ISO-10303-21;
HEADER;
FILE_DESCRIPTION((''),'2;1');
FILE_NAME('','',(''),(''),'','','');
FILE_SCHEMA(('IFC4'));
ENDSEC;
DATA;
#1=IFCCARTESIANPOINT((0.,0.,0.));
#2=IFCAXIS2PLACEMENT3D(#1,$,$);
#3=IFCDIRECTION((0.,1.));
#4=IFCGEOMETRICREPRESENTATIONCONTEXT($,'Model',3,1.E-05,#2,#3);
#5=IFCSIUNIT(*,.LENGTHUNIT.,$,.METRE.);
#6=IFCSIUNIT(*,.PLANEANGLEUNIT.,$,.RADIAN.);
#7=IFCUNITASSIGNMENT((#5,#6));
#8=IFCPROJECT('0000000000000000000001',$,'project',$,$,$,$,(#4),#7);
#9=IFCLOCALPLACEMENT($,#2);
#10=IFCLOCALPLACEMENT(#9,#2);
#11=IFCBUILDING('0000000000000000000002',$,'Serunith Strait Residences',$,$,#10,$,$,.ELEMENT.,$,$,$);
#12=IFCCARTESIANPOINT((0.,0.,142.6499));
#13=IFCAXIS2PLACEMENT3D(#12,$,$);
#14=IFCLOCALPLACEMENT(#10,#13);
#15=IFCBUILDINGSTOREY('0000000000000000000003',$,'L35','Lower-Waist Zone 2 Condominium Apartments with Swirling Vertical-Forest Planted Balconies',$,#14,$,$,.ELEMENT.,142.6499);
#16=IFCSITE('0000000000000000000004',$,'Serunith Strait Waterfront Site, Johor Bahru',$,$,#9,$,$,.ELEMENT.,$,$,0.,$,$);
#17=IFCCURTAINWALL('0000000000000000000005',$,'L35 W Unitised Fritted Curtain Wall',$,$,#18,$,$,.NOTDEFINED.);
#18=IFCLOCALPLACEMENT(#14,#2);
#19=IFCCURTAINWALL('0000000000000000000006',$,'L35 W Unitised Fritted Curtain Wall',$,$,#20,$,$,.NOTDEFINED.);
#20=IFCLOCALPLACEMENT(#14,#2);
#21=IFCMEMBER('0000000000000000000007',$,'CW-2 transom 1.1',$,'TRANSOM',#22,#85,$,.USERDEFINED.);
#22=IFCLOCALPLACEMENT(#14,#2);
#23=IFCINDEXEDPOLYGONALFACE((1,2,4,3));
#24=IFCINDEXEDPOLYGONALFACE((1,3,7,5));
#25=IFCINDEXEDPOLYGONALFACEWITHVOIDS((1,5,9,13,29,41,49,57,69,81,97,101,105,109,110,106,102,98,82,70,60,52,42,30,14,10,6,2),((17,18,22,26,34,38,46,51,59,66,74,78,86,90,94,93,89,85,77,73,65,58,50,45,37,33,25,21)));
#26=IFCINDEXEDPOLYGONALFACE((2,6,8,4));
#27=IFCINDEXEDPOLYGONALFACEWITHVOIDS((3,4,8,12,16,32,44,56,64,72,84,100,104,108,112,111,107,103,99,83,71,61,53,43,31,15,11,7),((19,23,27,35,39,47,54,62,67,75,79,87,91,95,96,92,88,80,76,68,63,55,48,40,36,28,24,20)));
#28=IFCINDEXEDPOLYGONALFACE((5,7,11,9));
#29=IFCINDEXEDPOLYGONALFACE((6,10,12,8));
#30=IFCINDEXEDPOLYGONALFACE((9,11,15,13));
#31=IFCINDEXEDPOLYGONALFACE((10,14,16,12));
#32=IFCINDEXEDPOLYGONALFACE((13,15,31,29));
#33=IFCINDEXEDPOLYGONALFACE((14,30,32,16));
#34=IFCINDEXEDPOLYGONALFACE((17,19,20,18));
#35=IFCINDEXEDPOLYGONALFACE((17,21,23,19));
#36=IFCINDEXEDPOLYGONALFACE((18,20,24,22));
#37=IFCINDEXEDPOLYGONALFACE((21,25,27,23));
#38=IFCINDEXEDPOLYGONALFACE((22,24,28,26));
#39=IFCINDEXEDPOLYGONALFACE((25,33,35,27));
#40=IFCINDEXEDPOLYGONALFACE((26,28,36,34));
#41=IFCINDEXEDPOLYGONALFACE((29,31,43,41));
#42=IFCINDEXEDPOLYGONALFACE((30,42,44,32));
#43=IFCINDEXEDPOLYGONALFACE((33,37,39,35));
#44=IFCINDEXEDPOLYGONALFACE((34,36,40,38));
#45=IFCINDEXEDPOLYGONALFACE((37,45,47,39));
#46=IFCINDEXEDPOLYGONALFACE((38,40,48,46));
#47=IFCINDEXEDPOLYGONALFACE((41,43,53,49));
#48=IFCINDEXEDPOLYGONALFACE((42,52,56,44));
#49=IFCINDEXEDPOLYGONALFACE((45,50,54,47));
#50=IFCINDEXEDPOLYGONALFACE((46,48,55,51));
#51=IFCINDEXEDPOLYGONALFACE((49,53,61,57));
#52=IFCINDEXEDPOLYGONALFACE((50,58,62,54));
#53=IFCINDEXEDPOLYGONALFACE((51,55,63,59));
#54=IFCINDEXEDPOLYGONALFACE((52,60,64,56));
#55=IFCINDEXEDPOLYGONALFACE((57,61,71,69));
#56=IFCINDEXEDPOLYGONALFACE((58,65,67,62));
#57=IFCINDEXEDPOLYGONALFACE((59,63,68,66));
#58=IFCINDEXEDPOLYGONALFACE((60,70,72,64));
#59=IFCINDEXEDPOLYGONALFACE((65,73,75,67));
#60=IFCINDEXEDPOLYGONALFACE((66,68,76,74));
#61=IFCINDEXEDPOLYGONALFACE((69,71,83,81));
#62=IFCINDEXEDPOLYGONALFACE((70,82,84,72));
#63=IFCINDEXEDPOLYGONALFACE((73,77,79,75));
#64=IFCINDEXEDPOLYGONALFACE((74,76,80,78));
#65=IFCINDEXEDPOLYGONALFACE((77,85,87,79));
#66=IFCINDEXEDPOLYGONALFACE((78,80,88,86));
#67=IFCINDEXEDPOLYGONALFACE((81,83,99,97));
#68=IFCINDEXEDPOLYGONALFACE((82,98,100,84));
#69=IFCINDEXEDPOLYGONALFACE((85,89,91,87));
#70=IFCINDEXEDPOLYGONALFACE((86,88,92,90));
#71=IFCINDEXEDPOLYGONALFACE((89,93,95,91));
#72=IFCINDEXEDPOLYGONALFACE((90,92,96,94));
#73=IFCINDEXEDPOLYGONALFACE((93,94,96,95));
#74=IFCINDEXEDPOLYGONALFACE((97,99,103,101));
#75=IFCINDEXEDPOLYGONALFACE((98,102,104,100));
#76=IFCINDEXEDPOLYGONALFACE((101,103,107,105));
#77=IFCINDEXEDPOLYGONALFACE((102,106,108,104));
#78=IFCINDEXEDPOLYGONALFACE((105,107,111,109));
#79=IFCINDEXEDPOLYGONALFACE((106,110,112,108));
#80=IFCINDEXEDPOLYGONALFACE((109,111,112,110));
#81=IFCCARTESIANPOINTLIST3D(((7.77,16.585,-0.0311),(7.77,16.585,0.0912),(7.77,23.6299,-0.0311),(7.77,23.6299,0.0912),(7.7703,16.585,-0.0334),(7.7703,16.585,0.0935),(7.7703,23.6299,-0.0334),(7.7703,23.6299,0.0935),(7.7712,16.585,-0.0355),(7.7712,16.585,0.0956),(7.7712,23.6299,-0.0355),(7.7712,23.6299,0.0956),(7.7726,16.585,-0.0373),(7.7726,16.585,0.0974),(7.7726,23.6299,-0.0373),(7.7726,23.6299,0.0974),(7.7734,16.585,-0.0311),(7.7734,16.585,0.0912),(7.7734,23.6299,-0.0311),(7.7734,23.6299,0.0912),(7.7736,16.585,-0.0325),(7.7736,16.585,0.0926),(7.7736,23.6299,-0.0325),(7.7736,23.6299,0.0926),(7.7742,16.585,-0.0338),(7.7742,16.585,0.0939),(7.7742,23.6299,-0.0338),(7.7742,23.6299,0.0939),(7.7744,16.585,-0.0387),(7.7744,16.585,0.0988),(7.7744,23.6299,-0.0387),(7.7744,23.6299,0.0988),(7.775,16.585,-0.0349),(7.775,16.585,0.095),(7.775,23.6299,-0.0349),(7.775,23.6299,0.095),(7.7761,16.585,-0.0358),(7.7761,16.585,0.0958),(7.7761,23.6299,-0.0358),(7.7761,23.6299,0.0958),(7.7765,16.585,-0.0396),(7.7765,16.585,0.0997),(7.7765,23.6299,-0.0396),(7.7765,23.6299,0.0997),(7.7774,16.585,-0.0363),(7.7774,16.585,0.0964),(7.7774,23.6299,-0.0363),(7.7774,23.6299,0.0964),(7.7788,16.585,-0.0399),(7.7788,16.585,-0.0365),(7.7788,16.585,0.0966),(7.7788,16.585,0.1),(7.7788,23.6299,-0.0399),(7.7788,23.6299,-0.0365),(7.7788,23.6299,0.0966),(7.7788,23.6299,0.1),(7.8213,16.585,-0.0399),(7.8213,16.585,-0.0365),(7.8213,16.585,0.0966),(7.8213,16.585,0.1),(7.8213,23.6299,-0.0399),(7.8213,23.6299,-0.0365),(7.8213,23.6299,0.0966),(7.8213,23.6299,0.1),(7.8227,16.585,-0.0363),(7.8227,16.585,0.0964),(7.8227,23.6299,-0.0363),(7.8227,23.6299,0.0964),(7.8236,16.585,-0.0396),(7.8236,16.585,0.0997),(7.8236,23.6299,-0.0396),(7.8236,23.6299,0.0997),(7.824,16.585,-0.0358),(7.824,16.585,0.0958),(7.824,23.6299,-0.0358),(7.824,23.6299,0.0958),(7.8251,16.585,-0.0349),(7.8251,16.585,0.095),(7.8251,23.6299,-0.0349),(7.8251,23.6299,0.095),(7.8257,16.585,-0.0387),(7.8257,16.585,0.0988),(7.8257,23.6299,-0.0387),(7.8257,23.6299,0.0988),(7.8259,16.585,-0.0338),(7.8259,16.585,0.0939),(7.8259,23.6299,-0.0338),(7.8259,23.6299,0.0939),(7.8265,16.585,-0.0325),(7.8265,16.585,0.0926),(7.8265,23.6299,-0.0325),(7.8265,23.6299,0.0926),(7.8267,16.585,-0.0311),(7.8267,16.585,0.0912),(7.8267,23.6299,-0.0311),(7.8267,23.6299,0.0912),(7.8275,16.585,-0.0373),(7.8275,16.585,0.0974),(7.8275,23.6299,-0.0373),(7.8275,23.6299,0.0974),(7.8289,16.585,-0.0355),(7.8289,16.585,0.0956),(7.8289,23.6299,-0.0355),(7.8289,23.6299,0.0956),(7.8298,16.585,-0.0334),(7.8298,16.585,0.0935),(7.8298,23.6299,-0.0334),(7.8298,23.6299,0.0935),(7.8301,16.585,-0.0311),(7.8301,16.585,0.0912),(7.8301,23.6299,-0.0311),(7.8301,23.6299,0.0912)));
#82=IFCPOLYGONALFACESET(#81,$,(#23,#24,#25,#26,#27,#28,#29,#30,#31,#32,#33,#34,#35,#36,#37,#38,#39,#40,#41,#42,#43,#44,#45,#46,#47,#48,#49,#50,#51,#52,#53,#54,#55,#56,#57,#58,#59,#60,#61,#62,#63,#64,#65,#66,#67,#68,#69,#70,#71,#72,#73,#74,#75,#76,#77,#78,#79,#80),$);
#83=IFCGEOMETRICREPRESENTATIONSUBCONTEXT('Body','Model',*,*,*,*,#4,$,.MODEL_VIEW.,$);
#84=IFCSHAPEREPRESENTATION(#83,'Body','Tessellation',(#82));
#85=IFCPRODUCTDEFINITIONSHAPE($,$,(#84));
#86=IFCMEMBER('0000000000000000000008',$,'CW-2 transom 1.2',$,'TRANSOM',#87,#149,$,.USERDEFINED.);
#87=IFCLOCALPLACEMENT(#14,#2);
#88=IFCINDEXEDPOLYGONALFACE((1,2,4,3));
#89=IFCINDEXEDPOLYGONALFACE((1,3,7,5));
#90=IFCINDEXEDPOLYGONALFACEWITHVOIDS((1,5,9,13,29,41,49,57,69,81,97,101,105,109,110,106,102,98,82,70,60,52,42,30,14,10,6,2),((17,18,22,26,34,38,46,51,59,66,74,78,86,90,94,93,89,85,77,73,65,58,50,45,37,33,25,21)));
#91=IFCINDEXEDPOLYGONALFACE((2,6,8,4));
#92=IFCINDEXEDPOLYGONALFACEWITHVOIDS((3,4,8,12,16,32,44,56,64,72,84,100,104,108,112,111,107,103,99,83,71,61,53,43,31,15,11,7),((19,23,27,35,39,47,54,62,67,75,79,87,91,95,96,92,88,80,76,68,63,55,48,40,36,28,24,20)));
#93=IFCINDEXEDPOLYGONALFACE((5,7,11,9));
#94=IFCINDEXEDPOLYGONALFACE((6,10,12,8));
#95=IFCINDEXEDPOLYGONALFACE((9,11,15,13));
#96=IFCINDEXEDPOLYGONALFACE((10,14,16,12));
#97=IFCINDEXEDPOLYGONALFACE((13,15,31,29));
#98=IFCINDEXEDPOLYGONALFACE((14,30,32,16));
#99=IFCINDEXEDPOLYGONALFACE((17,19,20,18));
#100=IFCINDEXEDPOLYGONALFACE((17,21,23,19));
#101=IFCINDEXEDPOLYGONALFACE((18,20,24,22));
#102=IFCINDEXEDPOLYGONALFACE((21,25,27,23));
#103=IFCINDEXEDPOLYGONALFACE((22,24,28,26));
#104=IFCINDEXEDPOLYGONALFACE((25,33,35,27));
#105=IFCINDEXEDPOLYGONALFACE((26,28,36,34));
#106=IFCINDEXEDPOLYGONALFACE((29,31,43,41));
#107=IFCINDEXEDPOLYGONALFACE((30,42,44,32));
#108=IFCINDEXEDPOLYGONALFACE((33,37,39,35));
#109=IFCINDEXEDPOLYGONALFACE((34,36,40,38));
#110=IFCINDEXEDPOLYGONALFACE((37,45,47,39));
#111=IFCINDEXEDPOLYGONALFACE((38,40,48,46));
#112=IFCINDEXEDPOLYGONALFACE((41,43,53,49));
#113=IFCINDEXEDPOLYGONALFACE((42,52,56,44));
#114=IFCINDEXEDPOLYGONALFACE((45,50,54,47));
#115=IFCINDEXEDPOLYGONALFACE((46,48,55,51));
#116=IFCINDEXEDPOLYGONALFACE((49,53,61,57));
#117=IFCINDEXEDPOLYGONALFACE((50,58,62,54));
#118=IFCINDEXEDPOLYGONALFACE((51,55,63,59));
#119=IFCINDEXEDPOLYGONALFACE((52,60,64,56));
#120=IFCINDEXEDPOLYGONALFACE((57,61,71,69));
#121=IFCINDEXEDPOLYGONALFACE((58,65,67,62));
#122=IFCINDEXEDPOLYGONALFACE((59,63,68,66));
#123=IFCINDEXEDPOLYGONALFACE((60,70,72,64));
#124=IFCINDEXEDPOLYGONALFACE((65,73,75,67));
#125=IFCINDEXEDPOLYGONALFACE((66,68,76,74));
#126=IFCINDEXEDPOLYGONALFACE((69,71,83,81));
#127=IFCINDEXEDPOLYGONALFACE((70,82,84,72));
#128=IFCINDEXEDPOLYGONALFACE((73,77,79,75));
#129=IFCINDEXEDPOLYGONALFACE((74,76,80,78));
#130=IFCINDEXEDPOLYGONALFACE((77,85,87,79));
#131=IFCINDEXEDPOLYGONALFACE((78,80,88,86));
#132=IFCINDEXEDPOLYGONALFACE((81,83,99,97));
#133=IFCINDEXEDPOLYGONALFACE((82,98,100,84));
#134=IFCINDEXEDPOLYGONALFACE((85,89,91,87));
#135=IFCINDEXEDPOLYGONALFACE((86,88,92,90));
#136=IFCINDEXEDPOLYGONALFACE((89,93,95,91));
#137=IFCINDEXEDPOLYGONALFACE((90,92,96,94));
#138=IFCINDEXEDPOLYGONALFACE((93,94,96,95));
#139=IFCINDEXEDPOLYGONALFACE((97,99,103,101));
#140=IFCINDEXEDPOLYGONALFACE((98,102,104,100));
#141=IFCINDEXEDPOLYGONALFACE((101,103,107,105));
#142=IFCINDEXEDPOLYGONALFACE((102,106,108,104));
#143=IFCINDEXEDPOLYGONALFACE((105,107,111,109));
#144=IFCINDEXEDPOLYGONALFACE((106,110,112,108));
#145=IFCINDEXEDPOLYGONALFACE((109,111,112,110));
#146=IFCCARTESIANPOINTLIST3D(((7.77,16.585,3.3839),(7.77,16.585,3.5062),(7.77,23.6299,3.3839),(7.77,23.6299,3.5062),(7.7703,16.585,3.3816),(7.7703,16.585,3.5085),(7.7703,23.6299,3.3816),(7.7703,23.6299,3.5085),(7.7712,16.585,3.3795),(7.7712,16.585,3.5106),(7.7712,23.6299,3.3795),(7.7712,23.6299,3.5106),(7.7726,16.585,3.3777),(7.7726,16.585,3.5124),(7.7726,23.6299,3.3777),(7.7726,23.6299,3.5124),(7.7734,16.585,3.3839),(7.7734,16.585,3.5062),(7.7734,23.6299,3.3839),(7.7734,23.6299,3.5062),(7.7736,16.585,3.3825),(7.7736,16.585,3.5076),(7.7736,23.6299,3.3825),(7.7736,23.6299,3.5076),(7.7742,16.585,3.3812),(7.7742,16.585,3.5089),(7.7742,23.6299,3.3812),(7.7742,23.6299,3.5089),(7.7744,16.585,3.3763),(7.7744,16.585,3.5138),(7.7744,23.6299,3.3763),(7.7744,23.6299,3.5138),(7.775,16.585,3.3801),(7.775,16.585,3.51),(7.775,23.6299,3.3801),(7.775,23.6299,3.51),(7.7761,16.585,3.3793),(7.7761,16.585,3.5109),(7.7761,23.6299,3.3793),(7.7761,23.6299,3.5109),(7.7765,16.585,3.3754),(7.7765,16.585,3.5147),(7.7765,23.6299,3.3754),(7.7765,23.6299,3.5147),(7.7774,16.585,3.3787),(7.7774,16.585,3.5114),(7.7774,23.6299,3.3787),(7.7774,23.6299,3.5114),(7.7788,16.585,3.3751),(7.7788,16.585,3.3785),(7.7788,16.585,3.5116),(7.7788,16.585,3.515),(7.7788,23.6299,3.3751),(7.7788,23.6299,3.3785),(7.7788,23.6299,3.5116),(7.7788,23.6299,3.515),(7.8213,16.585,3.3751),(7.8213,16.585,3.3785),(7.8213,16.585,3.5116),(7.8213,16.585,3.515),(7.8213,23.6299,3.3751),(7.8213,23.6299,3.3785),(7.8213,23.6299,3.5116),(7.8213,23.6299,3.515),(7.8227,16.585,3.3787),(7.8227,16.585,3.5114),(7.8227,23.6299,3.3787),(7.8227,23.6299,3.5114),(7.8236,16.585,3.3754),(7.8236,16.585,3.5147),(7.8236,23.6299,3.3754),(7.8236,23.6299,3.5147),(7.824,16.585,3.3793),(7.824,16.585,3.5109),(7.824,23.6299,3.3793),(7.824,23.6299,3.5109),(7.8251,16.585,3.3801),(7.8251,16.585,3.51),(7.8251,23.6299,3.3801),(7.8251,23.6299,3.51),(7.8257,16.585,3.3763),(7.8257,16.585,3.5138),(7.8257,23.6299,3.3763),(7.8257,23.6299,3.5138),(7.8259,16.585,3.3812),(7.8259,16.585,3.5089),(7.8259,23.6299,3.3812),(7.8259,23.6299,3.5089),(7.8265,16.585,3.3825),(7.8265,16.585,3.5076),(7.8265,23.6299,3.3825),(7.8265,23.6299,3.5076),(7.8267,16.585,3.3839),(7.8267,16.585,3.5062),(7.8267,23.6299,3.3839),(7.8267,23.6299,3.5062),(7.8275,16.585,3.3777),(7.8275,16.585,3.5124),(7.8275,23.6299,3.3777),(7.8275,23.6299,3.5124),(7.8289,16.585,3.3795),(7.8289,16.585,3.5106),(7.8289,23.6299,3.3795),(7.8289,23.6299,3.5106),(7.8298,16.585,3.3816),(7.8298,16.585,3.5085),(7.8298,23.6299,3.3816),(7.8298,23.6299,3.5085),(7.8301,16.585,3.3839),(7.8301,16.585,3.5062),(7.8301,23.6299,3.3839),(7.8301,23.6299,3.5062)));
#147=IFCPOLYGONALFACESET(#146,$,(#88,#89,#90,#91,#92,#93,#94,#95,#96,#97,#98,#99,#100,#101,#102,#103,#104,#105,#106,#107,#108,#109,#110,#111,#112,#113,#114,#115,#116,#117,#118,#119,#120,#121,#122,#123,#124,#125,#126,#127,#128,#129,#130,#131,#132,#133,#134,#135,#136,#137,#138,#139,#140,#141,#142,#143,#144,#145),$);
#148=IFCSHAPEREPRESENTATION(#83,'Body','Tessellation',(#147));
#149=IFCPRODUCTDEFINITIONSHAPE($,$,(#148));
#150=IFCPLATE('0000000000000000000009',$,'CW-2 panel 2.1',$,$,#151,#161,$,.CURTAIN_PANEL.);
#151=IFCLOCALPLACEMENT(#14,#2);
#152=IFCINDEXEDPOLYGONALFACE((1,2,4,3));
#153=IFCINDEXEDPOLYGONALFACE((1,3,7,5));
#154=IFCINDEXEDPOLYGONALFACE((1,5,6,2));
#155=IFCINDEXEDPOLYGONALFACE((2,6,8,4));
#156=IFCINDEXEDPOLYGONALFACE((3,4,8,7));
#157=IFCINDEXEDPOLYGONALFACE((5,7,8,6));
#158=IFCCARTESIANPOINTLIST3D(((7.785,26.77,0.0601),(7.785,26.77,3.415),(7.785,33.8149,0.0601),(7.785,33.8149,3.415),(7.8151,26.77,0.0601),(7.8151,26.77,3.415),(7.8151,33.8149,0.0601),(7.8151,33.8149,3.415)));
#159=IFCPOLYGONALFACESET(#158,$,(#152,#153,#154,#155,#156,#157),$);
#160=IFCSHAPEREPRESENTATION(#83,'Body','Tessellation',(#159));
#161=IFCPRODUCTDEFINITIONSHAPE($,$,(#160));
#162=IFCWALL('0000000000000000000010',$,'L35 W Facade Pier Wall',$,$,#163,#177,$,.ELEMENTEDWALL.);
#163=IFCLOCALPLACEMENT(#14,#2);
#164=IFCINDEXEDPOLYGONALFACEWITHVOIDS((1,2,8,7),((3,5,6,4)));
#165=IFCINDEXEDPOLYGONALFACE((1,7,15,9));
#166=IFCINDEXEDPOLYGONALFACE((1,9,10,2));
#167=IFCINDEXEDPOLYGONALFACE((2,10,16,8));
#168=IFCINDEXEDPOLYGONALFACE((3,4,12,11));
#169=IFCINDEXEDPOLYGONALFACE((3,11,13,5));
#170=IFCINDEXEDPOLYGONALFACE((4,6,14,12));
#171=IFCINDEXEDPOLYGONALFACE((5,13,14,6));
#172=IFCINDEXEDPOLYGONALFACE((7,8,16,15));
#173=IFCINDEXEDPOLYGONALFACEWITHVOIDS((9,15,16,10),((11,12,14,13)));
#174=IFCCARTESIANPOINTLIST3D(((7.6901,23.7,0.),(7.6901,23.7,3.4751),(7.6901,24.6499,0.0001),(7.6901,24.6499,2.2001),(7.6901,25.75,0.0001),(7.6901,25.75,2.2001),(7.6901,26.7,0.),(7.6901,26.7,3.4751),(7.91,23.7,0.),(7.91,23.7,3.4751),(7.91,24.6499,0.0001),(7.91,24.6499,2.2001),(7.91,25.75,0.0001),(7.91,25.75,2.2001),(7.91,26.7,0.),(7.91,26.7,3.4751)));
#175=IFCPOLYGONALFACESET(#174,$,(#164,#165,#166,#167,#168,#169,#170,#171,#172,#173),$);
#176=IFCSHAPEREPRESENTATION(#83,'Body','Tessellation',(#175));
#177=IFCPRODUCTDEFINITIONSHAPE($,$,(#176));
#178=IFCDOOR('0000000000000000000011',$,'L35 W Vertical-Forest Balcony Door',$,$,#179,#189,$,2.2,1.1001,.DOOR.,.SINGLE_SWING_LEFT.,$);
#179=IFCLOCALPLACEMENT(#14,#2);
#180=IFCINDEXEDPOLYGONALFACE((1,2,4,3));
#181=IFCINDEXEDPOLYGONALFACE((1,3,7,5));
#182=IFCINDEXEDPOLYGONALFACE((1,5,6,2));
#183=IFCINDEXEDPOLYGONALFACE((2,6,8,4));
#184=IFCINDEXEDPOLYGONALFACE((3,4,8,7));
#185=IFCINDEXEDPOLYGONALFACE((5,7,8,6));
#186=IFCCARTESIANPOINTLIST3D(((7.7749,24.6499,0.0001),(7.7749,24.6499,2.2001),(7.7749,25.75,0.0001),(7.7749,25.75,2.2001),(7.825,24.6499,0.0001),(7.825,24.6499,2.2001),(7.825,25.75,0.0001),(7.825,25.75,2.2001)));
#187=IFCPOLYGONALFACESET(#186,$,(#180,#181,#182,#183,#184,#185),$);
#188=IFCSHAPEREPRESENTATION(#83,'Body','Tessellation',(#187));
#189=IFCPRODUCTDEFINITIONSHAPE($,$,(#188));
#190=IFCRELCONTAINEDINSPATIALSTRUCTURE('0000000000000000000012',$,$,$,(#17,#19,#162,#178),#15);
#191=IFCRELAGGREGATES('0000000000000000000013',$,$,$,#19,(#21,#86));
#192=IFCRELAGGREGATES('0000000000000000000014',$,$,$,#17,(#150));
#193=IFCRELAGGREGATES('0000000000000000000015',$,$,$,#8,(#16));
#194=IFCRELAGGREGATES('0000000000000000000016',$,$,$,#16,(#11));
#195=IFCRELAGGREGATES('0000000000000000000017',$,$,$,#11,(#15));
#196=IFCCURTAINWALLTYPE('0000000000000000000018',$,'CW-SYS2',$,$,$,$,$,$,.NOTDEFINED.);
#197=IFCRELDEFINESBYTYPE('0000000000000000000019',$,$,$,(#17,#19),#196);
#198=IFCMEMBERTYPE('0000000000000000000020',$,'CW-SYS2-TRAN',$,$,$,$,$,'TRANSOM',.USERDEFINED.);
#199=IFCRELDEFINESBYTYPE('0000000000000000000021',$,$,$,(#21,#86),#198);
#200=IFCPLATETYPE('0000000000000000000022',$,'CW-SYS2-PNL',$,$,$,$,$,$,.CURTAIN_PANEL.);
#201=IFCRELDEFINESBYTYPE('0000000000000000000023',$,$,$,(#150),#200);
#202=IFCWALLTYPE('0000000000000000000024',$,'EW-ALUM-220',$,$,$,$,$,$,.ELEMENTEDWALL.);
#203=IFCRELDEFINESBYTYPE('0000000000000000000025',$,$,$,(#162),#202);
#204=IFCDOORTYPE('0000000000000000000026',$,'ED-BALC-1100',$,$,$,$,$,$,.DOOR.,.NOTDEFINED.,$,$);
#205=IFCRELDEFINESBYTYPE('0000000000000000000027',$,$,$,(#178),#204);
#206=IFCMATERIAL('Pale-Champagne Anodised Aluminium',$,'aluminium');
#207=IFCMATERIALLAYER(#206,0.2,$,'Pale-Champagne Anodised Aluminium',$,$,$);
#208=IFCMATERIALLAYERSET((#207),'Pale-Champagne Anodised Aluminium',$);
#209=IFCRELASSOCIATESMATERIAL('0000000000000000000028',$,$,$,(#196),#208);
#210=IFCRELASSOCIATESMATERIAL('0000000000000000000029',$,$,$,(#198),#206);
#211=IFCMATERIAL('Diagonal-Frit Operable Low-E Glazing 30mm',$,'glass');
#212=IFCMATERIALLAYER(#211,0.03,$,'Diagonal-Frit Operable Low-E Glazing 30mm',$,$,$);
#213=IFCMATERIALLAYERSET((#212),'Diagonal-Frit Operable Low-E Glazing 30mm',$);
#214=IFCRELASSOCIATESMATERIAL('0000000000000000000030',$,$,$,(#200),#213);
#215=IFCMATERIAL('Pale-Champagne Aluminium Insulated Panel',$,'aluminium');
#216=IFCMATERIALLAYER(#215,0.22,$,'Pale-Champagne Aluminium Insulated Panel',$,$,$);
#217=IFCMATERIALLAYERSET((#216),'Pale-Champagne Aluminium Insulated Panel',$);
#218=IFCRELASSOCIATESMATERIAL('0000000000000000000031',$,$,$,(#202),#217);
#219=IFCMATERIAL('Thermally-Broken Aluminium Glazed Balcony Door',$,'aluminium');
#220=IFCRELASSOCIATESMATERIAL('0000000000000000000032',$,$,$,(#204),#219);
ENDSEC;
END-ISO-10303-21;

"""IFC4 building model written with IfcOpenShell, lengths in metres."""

from ifc_helpers import new_model, si_unit, direction, frame, frame_2d, origin, origin_2d, place, context, subcontext, project, spatial, rectangle, hollow_rectangle, extrude, source, transform, mapped, material, layer, layer_set, material_profile, profile_set, type_object, element, fill, aggregate, save


model = new_model("IFC4")

# Units and contexts
model_context = context("Model", 3, precision=1e-05, world=origin(), true_north=direction((0.0, 1.0)))
body_context = subcontext(model_context, "Body", "Model", "MODEL_VIEW")
ifc_project = project(units=[si_unit("LENGTHUNIT", "METRE"), si_unit("PLANEANGLEUNIT", "RADIAN")], contexts=[model_context])

# Site, building, storey
site_placement = place(None, origin())
site = spatial("IfcSite", under=ifc_project, at=site_placement, Name="Serunith Strait Waterfront Site, Johor Bahru", CompositionType="ELEMENT", RefElevation=0.0)
building_placement = place(site_placement, origin())
building = spatial("IfcBuilding", under=site, at=building_placement, Name="Serunith Strait Residences", CompositionType="ELEMENT")
storey_placement = place(building_placement, frame((0.0, 0.0, 142.6499)))
storey = spatial("IfcBuildingStorey", under=building, at=storey_placement, Name="L35", Description="Lower-Waist Zone 2 Condominium Apartments with Swirling Vertical-Forest Planted Balconies", CompositionType="ELEMENT", Elevation=142.6499)

# Curtain walls
ifc_material_1 = material(Name="Pale-Champagne Anodised Aluminium", Category="aluminium")
ifc_layer_1 = layer(ifc_material_1, 0.2, Name="Pale-Champagne Anodised Aluminium")
ifc_layer_set_1 = layer_set([ifc_layer_1], Name="Pale-Champagne Anodised Aluminium")
curtain_wall_type = type_object("IfcCurtainWallType", Name="CW-SYS2", PredefinedType="NOTDEFINED", material=ifc_layer_set_1)
curtain_wall_1_placement = place(storey_placement, origin())
curtain_wall_1 = element("IfcCurtainWall", 1, at=curtain_wall_1_placement, inside=storey, type_object=curtain_wall_type, Name="L35 W Unitised Fritted Curtain Wall", PredefinedType="NOTDEFINED")
curtain_wall_2_placement = place(storey_placement, origin())
curtain_wall_2 = element("IfcCurtainWall", 2, at=curtain_wall_2_placement, inside=storey, type_object=curtain_wall_type, Name="L35 W Unitised Fritted Curtain Wall", PredefinedType="NOTDEFINED")

# Members
ifc_material_profile_1 = material_profile(ifc_material_1, hollow_rectangle(XDim=0.0601, YDim=0.1399, WallThickness=0.0034, InnerFilletRadius=0.0054, OuterFilletRadius=0.0088, at=origin_2d()), Name="ALU 140x60x3.5")
ifc_profile_set_1 = profile_set([ifc_material_profile_1], Name="Pale-Champagne Anodised Aluminium")
member_type_1 = type_object("IfcMemberType", Name="CW-SYS2-TRAN", ElementType="TRANSOM", PredefinedType="USERDEFINED", material=ifc_profile_set_1)
shared_shape_1 = source(origin(), body_context, "Body", "SweptSolid", [
    extrude(hollow_rectangle(XDim=0.0601, YDim=0.1399, WallThickness=0.0034, InnerFilletRadius=0.0054, OuterFilletRadius=0.0088, at=origin_2d()), origin(), (0.0, 0.0, 1.0), 7.0449),
])
member_1_placement = place(storey_placement, frame((7.8, 23.6299, 0.03), z_axis=(0.0, -1.0, 0.0), x_axis=(1.0, 0.0, 0.0)))
member_1 = element("IfcMember", 3, at=member_1_placement, type_object=member_type_1, Name="CW-2 transom 1.1", ObjectType="TRANSOM", PredefinedType="USERDEFINED", context=body_context, shape_type="MappedRepresentation", body=[
    mapped(shared_shape_1, transform((0.0, 0.0, 0.0), scale=1.0)),
])
member_2_placement = place(storey_placement, frame((7.8, 23.6299, 3.4451), z_axis=(0.0, -1.0, 0.0), x_axis=(1.0, 0.0, 0.0)))
member_2 = element("IfcMember", 4, at=member_2_placement, type_object=member_type_1, Name="CW-2 transom 1.2", ObjectType="TRANSOM", PredefinedType="USERDEFINED", context=body_context, shape_type="MappedRepresentation", body=[
    mapped(shared_shape_1, transform((0.0, 0.0, 0.0), scale=1.0)),
])
aggregate(curtain_wall_2, [member_1, member_2])

# Plate
ifc_material_2 = material(Name="Diagonal-Frit Operable Low-E Glazing 30mm", Category="glass")
ifc_layer_2 = layer(ifc_material_2, 0.03, Name="Diagonal-Frit Operable Low-E Glazing 30mm")
ifc_layer_set_2 = layer_set([ifc_layer_2], Name="Diagonal-Frit Operable Low-E Glazing 30mm")
plate_type = type_object("IfcPlateType", Name="CW-SYS2-PNL", PredefinedType="CURTAIN_PANEL", material=ifc_layer_set_2)
shared_shape_2 = source(origin(), body_context, "Body", "SweptSolid", [
    extrude(rectangle(XDim=7.0449, YDim=0.03, at=origin_2d()), origin(), (0.0, 0.0, 1.0), 3.355),
])
plate_placement = place(storey_placement, frame((7.8, 30.2925, 0.0601), z_axis=(0.0, 0.0, 1.0), x_axis=(0.0, -1.0, 0.0)))
plate = element("IfcPlate", 5, at=plate_placement, type_object=plate_type, Name="CW-2 panel 2.1", PredefinedType="CURTAIN_PANEL", context=body_context, shape_type="MappedRepresentation", body=[
    mapped(shared_shape_2, transform((0.0, 0.0, 0.0), scale=1.0)),
])
aggregate(curtain_wall_1, [plate])

# Wall, opening, door
ifc_material_3 = material(Name="Pale-Champagne Aluminium Insulated Panel", Category="aluminium")
ifc_layer_3 = layer(ifc_material_3, 0.22, Name="Pale-Champagne Aluminium Insulated Panel")
ifc_layer_set_3 = layer_set([ifc_layer_3], Name="Pale-Champagne Aluminium Insulated Panel")
wall_type_1 = type_object("IfcWallType", Name="EW-ALUM-220", PredefinedType="ELEMENTEDWALL", material=ifc_layer_set_3)
wall_1_placement = place(storey_placement, frame((7.8, 26.7, 0.0), z_axis=(0.0, 0.0, 1.0), x_axis=(0.0, -1.0, 0.0)))
wall_1 = element("IfcWall", 6, at=wall_1_placement, inside=storey, type_object=wall_type_1, Name="L35 W Facade Pier Wall", PredefinedType="ELEMENTEDWALL", context=body_context, shape_type="SweptSolid", body=[
    extrude(rectangle(XDim=3.0, YDim=0.22, at=frame_2d((1.5, 0.0))), origin(), (0.0, 0.0, 1.0), 3.4751),
])
opening_1_placement = place(wall_1_placement, frame((0.95, 0.0, 0.0)))
opening_1 = element("IfcOpeningElement", 7, at=opening_1_placement, cuts=wall_1, PredefinedType="OPENING", context=body_context, shape_type="SweptSolid", body=[
    extrude(rectangle(XDim=1.1001, YDim=2.2, at=frame_2d((0.55, 1.1001))), frame((0.0, 0.1201, 0.0), z_axis=(0.0, -1.0, 0.0), x_axis=(1.0, 0.0, 0.0)), (0.0, 0.0, 1.0), 0.24),
])
ifc_material_4 = material(Name="Thermally-Broken Aluminium Glazed Balcony Door", Category="aluminium")
door_type_1 = type_object("IfcDoorType", Name="ED-BALC-1100", OperationType="NOTDEFINED", PredefinedType="DOOR", material=ifc_material_4)
shared_shape_3 = source(origin(), body_context, "Body", "SweptSolid", [
    extrude(rectangle(XDim=1.1001, YDim=2.2, at=frame_2d((0.55, 1.1001))), frame((0.0, 0.0249, 0.0), z_axis=(0.0, -1.0, 0.0), x_axis=(1.0, 0.0, 0.0)), (0.0, 0.0, 1.0), 0.05),
])
door_1_placement = place(opening_1_placement, origin())
door_1 = element("IfcDoor", 8, at=door_1_placement, inside=storey, type_object=door_type_1, Name="L35 W Vertical-Forest Balcony Door", OperationType="SINGLE_SWING_LEFT", OverallHeight=2.2, OverallWidth=1.1001, PredefinedType="DOOR", context=body_context, shape_type="MappedRepresentation", body=[
    mapped(shared_shape_3, transform((0.0, 0.0, 0.0), scale=1.0)),
])
fill(opening_1, door_1)

save(model, "model.ifc")
